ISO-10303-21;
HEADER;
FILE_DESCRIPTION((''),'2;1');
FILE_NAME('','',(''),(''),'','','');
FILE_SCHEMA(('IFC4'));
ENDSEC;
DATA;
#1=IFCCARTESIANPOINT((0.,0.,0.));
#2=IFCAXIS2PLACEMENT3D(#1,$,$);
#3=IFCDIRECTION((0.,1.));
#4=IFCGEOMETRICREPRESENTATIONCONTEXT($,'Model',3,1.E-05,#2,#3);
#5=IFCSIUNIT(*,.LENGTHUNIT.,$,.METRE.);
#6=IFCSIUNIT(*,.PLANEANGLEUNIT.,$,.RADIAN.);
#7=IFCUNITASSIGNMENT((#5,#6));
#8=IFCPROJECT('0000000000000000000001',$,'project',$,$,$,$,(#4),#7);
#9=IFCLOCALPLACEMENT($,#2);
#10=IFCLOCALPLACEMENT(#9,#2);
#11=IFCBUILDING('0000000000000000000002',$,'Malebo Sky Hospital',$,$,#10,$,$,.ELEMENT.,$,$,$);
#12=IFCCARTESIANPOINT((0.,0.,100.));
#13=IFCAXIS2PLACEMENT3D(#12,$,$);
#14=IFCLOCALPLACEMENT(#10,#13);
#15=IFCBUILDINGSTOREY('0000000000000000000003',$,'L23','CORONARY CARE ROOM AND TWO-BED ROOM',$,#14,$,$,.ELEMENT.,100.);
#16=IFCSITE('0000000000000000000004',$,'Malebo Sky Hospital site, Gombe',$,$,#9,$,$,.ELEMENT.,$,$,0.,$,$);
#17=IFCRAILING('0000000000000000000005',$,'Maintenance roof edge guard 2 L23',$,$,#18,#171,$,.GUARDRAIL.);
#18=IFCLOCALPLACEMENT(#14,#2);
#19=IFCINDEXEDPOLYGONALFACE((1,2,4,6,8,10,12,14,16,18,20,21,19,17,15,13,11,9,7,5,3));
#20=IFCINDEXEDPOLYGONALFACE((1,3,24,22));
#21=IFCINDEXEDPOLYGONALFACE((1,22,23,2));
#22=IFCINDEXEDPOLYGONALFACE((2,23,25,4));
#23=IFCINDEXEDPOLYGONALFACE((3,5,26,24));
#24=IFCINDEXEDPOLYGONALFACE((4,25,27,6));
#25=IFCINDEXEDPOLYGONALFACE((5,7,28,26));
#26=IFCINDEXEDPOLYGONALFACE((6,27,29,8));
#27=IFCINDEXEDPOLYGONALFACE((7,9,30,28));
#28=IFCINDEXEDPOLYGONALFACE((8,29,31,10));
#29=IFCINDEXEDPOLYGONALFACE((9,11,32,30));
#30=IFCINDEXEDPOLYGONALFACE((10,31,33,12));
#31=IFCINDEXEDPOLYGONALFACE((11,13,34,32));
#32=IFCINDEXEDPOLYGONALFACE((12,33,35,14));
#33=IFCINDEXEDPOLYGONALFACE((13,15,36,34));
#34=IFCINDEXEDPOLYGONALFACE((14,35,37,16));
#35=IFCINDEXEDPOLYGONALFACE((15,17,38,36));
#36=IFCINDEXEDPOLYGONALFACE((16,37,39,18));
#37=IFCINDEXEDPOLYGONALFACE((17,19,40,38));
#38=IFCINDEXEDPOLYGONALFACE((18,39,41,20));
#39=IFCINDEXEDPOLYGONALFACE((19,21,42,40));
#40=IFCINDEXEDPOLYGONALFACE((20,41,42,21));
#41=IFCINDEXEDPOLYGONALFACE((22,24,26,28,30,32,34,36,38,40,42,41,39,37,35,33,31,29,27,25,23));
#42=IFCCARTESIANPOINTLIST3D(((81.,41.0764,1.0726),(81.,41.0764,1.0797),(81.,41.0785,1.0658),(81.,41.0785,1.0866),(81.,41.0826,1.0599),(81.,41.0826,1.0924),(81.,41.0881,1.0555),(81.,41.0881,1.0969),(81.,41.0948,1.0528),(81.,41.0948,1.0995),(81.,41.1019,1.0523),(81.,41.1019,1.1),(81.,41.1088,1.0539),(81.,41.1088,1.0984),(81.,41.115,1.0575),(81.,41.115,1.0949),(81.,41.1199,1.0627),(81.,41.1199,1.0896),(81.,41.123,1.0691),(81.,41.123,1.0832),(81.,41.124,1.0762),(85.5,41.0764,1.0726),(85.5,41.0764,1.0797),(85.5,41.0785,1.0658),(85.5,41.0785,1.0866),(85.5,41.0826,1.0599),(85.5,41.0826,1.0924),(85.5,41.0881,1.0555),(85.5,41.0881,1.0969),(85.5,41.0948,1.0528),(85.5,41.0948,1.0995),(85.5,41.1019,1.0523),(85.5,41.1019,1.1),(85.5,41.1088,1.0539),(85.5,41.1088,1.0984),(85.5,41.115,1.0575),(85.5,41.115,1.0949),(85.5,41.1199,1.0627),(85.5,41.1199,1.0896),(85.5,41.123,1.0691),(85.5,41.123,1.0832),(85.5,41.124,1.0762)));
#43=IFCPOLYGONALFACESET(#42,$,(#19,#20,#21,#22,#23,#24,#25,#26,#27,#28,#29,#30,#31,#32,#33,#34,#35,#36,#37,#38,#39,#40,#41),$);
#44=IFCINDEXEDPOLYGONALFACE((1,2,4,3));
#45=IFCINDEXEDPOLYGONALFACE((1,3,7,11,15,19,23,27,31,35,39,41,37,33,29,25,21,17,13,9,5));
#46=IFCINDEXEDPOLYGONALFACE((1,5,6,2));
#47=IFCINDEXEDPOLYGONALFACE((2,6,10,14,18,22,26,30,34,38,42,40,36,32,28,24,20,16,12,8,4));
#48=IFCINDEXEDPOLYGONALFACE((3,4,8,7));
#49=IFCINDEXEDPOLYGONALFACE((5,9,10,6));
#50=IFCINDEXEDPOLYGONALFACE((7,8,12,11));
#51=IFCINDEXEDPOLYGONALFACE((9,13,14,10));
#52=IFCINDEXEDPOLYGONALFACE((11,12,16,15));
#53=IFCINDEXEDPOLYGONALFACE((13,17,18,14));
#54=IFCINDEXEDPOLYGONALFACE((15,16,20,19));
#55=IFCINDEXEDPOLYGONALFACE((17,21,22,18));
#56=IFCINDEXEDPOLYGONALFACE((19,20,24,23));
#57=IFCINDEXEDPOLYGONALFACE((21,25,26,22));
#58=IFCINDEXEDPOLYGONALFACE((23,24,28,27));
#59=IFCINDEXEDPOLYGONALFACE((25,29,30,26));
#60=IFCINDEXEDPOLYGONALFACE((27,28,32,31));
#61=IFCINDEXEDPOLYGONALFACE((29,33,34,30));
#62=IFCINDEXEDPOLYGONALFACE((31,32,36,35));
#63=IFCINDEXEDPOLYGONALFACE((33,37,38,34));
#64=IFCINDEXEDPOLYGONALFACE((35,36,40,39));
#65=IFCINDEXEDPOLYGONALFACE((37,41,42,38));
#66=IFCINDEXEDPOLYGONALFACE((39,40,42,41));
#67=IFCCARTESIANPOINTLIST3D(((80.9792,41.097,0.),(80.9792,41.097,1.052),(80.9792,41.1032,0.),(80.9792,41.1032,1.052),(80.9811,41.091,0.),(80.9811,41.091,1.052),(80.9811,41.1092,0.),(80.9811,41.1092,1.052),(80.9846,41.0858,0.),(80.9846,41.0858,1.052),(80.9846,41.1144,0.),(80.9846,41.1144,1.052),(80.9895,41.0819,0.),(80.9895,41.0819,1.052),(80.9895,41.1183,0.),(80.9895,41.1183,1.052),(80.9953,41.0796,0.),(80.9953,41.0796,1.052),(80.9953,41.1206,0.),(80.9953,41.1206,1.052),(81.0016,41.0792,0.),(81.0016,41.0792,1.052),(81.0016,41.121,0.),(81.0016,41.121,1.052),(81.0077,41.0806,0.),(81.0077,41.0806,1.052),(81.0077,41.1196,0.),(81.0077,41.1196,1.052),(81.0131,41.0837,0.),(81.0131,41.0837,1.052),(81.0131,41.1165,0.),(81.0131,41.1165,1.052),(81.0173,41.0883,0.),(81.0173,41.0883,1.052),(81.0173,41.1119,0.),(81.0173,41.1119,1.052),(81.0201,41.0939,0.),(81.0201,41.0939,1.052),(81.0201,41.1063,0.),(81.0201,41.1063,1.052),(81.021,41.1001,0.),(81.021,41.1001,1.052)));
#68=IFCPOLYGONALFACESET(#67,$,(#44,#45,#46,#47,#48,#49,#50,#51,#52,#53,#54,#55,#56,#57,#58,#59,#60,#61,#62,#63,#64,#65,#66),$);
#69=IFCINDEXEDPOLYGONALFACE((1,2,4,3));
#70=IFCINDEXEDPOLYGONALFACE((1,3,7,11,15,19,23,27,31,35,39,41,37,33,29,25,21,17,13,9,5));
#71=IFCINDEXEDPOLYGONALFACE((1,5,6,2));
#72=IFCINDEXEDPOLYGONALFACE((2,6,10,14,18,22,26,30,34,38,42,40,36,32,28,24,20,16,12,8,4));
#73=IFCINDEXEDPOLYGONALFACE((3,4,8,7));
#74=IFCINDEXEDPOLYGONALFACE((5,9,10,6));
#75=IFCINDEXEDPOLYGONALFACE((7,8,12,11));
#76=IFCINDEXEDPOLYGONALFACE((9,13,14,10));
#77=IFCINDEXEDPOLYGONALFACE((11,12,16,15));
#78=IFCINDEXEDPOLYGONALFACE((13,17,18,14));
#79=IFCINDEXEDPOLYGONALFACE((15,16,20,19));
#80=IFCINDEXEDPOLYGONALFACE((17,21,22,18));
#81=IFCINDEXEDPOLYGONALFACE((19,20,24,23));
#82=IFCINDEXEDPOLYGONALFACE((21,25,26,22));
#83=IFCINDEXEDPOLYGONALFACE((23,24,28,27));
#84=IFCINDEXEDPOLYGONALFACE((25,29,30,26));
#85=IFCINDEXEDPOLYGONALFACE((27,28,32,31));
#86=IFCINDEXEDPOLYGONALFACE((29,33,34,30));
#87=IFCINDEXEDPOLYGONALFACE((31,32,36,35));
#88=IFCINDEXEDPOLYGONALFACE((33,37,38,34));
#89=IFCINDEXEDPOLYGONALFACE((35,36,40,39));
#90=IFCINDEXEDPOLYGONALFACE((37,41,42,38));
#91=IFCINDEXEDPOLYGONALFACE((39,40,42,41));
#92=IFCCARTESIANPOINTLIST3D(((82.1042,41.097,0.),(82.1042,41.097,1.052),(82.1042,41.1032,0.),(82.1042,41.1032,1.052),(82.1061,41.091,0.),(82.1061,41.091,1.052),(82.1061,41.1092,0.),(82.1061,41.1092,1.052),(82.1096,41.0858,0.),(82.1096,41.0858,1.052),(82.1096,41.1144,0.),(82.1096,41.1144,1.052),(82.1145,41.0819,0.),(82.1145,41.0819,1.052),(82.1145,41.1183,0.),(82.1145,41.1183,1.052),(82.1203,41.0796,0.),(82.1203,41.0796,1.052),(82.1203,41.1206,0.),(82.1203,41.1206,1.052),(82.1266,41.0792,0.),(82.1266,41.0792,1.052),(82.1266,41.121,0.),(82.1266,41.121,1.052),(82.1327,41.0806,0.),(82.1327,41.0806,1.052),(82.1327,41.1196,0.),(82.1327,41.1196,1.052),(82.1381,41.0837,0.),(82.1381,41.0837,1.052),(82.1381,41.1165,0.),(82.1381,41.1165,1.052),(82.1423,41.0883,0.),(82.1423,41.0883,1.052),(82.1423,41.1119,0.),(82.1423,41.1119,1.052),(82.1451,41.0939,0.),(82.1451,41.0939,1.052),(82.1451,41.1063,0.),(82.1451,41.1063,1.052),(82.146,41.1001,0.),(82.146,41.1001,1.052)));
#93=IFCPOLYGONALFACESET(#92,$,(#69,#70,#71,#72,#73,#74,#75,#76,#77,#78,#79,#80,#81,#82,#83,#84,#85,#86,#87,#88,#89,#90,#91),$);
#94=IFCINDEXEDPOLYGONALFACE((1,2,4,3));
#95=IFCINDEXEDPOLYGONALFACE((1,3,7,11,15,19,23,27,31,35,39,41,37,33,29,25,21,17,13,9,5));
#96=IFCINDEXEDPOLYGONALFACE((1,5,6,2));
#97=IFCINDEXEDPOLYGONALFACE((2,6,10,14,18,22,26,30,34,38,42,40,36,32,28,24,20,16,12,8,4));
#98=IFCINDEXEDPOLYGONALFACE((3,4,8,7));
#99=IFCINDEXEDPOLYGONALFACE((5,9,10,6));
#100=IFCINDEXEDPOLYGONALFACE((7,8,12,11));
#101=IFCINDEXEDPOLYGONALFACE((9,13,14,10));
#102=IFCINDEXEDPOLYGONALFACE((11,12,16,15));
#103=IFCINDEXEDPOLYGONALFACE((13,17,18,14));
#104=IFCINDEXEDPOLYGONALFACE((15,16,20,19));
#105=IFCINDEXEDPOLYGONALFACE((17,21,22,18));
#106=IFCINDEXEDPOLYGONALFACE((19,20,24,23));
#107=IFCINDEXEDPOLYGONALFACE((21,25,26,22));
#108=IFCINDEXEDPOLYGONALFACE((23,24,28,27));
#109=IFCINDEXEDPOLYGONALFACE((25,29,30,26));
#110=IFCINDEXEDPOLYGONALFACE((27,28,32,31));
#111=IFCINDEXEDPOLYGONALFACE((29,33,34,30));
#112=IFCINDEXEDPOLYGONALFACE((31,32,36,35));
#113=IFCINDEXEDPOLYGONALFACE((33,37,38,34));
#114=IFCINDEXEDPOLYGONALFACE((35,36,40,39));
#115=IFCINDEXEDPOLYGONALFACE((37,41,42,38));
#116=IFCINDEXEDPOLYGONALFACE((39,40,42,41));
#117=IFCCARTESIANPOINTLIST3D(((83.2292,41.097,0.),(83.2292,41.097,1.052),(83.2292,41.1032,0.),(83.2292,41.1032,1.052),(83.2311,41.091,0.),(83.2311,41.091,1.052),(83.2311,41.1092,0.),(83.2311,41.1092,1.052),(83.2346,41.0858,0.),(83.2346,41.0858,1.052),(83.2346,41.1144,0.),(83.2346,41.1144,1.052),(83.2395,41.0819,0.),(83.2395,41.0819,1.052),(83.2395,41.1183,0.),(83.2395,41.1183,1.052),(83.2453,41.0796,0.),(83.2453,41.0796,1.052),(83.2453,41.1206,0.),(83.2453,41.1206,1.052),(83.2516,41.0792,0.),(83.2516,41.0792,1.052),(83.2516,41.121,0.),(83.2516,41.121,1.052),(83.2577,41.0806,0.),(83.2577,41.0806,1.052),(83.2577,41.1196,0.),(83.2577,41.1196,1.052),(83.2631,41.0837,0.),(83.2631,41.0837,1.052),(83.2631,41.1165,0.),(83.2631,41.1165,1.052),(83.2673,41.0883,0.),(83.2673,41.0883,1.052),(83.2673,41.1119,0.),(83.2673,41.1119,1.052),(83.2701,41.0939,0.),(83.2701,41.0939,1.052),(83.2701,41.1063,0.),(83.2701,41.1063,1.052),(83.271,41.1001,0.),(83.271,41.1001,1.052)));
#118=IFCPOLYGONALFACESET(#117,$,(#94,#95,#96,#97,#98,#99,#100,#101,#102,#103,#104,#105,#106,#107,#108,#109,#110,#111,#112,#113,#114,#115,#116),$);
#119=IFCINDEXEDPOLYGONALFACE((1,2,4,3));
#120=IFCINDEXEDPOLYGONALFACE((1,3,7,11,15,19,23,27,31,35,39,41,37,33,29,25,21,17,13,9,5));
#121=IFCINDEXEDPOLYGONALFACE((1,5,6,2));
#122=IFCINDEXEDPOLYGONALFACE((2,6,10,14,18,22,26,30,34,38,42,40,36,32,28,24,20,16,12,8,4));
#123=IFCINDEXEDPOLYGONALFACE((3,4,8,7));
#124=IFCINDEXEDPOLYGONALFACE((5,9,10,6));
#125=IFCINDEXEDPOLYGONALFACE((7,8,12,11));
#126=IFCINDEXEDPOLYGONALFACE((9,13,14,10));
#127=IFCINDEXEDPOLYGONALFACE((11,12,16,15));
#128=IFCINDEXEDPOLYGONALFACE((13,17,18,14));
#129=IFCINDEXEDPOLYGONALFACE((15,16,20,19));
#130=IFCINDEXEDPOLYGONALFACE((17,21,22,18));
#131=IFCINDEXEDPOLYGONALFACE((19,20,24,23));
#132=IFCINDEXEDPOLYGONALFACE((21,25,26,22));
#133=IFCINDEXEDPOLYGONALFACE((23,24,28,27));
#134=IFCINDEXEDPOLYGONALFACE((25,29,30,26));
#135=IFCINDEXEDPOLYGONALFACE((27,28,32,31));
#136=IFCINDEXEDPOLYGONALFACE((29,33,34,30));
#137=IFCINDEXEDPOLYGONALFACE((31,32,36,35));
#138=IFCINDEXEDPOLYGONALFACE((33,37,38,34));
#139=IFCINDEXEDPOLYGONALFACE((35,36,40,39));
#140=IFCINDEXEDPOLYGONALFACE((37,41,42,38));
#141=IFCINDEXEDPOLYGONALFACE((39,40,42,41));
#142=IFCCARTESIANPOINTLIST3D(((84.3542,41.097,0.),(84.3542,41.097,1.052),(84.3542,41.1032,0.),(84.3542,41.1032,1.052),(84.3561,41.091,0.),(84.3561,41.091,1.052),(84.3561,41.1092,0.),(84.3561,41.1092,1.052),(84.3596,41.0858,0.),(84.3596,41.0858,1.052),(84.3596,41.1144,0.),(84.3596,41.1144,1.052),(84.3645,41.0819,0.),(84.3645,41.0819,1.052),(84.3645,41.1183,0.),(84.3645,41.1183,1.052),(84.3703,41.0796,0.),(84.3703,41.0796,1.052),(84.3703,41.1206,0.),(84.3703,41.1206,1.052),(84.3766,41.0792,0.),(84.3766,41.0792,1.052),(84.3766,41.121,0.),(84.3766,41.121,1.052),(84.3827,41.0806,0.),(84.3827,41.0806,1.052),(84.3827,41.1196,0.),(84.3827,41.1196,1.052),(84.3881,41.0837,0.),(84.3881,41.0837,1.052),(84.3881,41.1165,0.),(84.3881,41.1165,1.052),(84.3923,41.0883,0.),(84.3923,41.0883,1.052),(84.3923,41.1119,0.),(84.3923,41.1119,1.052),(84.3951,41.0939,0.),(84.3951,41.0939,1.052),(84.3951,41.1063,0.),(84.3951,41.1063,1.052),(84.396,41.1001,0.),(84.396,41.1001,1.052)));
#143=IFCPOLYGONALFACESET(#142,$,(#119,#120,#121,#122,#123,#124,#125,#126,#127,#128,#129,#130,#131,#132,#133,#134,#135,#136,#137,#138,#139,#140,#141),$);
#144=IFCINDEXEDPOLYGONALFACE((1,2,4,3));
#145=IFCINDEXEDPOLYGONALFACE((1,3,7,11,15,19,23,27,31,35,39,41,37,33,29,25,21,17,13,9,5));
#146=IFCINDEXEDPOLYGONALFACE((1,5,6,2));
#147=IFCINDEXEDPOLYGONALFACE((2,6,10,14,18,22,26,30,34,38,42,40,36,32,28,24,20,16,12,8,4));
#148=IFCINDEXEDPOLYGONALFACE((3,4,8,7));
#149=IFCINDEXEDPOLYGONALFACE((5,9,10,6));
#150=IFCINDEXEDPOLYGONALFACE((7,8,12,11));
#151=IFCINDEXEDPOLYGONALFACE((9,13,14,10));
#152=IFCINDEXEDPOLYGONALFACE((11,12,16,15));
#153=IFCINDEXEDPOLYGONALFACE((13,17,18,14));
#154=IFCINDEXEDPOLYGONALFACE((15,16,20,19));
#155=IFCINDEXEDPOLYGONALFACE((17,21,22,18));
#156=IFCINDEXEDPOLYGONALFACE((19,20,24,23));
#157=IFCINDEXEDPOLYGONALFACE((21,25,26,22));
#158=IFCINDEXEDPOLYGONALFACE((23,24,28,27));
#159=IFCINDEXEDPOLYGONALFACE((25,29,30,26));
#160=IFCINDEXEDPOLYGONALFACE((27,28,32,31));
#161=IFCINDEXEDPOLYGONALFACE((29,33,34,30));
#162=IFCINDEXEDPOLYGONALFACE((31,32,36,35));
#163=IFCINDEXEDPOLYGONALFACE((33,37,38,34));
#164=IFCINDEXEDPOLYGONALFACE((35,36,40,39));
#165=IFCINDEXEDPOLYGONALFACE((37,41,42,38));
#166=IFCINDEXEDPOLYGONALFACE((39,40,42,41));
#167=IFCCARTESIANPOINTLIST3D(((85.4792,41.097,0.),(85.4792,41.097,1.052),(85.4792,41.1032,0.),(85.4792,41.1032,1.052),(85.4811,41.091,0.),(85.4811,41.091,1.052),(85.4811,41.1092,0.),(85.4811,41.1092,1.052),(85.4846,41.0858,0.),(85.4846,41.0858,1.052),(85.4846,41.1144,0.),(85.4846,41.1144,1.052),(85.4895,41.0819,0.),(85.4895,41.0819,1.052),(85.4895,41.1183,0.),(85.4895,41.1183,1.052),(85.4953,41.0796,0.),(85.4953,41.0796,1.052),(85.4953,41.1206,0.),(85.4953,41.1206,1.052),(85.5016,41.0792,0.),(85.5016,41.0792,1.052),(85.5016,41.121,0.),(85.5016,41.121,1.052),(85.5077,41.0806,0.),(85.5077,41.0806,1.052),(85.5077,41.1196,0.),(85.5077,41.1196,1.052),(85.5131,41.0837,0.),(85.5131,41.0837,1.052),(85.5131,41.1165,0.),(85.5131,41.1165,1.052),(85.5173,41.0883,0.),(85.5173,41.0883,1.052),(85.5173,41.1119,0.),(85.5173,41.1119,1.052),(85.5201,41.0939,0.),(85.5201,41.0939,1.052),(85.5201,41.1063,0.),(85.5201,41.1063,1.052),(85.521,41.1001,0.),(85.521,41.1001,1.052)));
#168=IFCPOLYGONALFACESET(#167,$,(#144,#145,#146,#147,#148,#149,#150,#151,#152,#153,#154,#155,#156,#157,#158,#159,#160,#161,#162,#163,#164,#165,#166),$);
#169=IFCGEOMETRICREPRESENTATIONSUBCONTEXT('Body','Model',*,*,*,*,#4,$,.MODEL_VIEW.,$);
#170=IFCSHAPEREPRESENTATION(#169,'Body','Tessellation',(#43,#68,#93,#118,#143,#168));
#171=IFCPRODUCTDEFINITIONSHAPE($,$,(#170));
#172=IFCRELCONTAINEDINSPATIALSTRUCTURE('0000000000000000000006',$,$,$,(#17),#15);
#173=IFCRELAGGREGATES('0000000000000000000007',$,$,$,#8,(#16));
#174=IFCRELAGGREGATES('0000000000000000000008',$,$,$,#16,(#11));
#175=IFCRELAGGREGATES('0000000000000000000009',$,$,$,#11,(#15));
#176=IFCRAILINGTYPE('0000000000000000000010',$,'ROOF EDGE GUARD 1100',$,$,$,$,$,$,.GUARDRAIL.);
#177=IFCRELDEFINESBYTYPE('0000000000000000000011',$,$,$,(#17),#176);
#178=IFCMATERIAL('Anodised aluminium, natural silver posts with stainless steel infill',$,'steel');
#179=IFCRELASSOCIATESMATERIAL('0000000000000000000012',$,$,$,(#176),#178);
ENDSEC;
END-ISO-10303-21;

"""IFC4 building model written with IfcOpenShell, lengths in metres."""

from ifc_helpers import new_model, si_unit, direction, frame, origin, origin_2d, place, context, subcontext, project, spatial, circle, extrude, material, type_object, element, save


model = new_model("IFC4")

# Units and contexts
model_context = context("Model", 3, precision=1e-05, world=origin(), true_north=direction((0.0, 1.0)))
body_context = subcontext(model_context, "Body", "Model", "MODEL_VIEW")
ifc_project = project(units=[si_unit("LENGTHUNIT", "METRE"), si_unit("PLANEANGLEUNIT", "RADIAN")], contexts=[model_context])

# Site, building, storey
site_placement = place(None, origin())
site = spatial("IfcSite", under=ifc_project, at=site_placement, Name="Malebo Sky Hospital site, Gombe", CompositionType="ELEMENT", RefElevation=0.0)
building_placement = place(site_placement, origin())
building = spatial("IfcBuilding", under=site, at=building_placement, Name="Malebo Sky Hospital", CompositionType="ELEMENT")
storey_placement = place(building_placement, frame((0.0, 0.0, 100.0)))
storey = spatial("IfcBuildingStorey", under=building, at=storey_placement, Name="L23", Description="CORONARY CARE ROOM AND TWO-BED ROOM", CompositionType="ELEMENT", Elevation=100.0)

# Railing
ifc_material_1 = material(Name="Anodised aluminium, natural silver posts with stainless steel infill", Category="steel")
railing_type = type_object("IfcRailingType", Name="ROOF EDGE GUARD 1100", PredefinedType="GUARDRAIL", material=ifc_material_1)
railing_1_placement = place(storey_placement, frame((81.0, 41.1001, 0.0)))
element("IfcRailing", 1, at=railing_1_placement, inside=storey, type_object=railing_type, Name="Maintenance roof edge guard 2 L23", PredefinedType="GUARDRAIL", context=body_context, shape_type="SweptSolid", body=[
    extrude(circle(Radius=0.0239, at=origin_2d()), frame((0.0, 0.0, 1.0762), z_axis=(1.0, 0.0, 0.0), x_axis=(0.0, 1.0, 0.0)), (0.0, 0.0, 1.0), 4.5),
    extrude(circle(Radius=0.021, at=origin_2d()), origin(), (0.0, 0.0, 1.0), 1.052),
    extrude(circle(Radius=0.021, at=origin_2d()), frame((1.125, 0.0, 0.0)), (0.0, 0.0, 1.0), 1.052),
    extrude(circle(Radius=0.021, at=origin_2d()), frame((2.25, 0.0, 0.0)), (0.0, 0.0, 1.0), 1.052),
    extrude(circle(Radius=0.021, at=origin_2d()), frame((3.375, 0.0, 0.0)), (0.0, 0.0, 1.0), 1.052),
    extrude(circle(Radius=0.021, at=origin_2d()), frame((4.5, 0.0, 0.0)), (0.0, 0.0, 1.0), 1.052),
])

save(model, "model.ifc")
